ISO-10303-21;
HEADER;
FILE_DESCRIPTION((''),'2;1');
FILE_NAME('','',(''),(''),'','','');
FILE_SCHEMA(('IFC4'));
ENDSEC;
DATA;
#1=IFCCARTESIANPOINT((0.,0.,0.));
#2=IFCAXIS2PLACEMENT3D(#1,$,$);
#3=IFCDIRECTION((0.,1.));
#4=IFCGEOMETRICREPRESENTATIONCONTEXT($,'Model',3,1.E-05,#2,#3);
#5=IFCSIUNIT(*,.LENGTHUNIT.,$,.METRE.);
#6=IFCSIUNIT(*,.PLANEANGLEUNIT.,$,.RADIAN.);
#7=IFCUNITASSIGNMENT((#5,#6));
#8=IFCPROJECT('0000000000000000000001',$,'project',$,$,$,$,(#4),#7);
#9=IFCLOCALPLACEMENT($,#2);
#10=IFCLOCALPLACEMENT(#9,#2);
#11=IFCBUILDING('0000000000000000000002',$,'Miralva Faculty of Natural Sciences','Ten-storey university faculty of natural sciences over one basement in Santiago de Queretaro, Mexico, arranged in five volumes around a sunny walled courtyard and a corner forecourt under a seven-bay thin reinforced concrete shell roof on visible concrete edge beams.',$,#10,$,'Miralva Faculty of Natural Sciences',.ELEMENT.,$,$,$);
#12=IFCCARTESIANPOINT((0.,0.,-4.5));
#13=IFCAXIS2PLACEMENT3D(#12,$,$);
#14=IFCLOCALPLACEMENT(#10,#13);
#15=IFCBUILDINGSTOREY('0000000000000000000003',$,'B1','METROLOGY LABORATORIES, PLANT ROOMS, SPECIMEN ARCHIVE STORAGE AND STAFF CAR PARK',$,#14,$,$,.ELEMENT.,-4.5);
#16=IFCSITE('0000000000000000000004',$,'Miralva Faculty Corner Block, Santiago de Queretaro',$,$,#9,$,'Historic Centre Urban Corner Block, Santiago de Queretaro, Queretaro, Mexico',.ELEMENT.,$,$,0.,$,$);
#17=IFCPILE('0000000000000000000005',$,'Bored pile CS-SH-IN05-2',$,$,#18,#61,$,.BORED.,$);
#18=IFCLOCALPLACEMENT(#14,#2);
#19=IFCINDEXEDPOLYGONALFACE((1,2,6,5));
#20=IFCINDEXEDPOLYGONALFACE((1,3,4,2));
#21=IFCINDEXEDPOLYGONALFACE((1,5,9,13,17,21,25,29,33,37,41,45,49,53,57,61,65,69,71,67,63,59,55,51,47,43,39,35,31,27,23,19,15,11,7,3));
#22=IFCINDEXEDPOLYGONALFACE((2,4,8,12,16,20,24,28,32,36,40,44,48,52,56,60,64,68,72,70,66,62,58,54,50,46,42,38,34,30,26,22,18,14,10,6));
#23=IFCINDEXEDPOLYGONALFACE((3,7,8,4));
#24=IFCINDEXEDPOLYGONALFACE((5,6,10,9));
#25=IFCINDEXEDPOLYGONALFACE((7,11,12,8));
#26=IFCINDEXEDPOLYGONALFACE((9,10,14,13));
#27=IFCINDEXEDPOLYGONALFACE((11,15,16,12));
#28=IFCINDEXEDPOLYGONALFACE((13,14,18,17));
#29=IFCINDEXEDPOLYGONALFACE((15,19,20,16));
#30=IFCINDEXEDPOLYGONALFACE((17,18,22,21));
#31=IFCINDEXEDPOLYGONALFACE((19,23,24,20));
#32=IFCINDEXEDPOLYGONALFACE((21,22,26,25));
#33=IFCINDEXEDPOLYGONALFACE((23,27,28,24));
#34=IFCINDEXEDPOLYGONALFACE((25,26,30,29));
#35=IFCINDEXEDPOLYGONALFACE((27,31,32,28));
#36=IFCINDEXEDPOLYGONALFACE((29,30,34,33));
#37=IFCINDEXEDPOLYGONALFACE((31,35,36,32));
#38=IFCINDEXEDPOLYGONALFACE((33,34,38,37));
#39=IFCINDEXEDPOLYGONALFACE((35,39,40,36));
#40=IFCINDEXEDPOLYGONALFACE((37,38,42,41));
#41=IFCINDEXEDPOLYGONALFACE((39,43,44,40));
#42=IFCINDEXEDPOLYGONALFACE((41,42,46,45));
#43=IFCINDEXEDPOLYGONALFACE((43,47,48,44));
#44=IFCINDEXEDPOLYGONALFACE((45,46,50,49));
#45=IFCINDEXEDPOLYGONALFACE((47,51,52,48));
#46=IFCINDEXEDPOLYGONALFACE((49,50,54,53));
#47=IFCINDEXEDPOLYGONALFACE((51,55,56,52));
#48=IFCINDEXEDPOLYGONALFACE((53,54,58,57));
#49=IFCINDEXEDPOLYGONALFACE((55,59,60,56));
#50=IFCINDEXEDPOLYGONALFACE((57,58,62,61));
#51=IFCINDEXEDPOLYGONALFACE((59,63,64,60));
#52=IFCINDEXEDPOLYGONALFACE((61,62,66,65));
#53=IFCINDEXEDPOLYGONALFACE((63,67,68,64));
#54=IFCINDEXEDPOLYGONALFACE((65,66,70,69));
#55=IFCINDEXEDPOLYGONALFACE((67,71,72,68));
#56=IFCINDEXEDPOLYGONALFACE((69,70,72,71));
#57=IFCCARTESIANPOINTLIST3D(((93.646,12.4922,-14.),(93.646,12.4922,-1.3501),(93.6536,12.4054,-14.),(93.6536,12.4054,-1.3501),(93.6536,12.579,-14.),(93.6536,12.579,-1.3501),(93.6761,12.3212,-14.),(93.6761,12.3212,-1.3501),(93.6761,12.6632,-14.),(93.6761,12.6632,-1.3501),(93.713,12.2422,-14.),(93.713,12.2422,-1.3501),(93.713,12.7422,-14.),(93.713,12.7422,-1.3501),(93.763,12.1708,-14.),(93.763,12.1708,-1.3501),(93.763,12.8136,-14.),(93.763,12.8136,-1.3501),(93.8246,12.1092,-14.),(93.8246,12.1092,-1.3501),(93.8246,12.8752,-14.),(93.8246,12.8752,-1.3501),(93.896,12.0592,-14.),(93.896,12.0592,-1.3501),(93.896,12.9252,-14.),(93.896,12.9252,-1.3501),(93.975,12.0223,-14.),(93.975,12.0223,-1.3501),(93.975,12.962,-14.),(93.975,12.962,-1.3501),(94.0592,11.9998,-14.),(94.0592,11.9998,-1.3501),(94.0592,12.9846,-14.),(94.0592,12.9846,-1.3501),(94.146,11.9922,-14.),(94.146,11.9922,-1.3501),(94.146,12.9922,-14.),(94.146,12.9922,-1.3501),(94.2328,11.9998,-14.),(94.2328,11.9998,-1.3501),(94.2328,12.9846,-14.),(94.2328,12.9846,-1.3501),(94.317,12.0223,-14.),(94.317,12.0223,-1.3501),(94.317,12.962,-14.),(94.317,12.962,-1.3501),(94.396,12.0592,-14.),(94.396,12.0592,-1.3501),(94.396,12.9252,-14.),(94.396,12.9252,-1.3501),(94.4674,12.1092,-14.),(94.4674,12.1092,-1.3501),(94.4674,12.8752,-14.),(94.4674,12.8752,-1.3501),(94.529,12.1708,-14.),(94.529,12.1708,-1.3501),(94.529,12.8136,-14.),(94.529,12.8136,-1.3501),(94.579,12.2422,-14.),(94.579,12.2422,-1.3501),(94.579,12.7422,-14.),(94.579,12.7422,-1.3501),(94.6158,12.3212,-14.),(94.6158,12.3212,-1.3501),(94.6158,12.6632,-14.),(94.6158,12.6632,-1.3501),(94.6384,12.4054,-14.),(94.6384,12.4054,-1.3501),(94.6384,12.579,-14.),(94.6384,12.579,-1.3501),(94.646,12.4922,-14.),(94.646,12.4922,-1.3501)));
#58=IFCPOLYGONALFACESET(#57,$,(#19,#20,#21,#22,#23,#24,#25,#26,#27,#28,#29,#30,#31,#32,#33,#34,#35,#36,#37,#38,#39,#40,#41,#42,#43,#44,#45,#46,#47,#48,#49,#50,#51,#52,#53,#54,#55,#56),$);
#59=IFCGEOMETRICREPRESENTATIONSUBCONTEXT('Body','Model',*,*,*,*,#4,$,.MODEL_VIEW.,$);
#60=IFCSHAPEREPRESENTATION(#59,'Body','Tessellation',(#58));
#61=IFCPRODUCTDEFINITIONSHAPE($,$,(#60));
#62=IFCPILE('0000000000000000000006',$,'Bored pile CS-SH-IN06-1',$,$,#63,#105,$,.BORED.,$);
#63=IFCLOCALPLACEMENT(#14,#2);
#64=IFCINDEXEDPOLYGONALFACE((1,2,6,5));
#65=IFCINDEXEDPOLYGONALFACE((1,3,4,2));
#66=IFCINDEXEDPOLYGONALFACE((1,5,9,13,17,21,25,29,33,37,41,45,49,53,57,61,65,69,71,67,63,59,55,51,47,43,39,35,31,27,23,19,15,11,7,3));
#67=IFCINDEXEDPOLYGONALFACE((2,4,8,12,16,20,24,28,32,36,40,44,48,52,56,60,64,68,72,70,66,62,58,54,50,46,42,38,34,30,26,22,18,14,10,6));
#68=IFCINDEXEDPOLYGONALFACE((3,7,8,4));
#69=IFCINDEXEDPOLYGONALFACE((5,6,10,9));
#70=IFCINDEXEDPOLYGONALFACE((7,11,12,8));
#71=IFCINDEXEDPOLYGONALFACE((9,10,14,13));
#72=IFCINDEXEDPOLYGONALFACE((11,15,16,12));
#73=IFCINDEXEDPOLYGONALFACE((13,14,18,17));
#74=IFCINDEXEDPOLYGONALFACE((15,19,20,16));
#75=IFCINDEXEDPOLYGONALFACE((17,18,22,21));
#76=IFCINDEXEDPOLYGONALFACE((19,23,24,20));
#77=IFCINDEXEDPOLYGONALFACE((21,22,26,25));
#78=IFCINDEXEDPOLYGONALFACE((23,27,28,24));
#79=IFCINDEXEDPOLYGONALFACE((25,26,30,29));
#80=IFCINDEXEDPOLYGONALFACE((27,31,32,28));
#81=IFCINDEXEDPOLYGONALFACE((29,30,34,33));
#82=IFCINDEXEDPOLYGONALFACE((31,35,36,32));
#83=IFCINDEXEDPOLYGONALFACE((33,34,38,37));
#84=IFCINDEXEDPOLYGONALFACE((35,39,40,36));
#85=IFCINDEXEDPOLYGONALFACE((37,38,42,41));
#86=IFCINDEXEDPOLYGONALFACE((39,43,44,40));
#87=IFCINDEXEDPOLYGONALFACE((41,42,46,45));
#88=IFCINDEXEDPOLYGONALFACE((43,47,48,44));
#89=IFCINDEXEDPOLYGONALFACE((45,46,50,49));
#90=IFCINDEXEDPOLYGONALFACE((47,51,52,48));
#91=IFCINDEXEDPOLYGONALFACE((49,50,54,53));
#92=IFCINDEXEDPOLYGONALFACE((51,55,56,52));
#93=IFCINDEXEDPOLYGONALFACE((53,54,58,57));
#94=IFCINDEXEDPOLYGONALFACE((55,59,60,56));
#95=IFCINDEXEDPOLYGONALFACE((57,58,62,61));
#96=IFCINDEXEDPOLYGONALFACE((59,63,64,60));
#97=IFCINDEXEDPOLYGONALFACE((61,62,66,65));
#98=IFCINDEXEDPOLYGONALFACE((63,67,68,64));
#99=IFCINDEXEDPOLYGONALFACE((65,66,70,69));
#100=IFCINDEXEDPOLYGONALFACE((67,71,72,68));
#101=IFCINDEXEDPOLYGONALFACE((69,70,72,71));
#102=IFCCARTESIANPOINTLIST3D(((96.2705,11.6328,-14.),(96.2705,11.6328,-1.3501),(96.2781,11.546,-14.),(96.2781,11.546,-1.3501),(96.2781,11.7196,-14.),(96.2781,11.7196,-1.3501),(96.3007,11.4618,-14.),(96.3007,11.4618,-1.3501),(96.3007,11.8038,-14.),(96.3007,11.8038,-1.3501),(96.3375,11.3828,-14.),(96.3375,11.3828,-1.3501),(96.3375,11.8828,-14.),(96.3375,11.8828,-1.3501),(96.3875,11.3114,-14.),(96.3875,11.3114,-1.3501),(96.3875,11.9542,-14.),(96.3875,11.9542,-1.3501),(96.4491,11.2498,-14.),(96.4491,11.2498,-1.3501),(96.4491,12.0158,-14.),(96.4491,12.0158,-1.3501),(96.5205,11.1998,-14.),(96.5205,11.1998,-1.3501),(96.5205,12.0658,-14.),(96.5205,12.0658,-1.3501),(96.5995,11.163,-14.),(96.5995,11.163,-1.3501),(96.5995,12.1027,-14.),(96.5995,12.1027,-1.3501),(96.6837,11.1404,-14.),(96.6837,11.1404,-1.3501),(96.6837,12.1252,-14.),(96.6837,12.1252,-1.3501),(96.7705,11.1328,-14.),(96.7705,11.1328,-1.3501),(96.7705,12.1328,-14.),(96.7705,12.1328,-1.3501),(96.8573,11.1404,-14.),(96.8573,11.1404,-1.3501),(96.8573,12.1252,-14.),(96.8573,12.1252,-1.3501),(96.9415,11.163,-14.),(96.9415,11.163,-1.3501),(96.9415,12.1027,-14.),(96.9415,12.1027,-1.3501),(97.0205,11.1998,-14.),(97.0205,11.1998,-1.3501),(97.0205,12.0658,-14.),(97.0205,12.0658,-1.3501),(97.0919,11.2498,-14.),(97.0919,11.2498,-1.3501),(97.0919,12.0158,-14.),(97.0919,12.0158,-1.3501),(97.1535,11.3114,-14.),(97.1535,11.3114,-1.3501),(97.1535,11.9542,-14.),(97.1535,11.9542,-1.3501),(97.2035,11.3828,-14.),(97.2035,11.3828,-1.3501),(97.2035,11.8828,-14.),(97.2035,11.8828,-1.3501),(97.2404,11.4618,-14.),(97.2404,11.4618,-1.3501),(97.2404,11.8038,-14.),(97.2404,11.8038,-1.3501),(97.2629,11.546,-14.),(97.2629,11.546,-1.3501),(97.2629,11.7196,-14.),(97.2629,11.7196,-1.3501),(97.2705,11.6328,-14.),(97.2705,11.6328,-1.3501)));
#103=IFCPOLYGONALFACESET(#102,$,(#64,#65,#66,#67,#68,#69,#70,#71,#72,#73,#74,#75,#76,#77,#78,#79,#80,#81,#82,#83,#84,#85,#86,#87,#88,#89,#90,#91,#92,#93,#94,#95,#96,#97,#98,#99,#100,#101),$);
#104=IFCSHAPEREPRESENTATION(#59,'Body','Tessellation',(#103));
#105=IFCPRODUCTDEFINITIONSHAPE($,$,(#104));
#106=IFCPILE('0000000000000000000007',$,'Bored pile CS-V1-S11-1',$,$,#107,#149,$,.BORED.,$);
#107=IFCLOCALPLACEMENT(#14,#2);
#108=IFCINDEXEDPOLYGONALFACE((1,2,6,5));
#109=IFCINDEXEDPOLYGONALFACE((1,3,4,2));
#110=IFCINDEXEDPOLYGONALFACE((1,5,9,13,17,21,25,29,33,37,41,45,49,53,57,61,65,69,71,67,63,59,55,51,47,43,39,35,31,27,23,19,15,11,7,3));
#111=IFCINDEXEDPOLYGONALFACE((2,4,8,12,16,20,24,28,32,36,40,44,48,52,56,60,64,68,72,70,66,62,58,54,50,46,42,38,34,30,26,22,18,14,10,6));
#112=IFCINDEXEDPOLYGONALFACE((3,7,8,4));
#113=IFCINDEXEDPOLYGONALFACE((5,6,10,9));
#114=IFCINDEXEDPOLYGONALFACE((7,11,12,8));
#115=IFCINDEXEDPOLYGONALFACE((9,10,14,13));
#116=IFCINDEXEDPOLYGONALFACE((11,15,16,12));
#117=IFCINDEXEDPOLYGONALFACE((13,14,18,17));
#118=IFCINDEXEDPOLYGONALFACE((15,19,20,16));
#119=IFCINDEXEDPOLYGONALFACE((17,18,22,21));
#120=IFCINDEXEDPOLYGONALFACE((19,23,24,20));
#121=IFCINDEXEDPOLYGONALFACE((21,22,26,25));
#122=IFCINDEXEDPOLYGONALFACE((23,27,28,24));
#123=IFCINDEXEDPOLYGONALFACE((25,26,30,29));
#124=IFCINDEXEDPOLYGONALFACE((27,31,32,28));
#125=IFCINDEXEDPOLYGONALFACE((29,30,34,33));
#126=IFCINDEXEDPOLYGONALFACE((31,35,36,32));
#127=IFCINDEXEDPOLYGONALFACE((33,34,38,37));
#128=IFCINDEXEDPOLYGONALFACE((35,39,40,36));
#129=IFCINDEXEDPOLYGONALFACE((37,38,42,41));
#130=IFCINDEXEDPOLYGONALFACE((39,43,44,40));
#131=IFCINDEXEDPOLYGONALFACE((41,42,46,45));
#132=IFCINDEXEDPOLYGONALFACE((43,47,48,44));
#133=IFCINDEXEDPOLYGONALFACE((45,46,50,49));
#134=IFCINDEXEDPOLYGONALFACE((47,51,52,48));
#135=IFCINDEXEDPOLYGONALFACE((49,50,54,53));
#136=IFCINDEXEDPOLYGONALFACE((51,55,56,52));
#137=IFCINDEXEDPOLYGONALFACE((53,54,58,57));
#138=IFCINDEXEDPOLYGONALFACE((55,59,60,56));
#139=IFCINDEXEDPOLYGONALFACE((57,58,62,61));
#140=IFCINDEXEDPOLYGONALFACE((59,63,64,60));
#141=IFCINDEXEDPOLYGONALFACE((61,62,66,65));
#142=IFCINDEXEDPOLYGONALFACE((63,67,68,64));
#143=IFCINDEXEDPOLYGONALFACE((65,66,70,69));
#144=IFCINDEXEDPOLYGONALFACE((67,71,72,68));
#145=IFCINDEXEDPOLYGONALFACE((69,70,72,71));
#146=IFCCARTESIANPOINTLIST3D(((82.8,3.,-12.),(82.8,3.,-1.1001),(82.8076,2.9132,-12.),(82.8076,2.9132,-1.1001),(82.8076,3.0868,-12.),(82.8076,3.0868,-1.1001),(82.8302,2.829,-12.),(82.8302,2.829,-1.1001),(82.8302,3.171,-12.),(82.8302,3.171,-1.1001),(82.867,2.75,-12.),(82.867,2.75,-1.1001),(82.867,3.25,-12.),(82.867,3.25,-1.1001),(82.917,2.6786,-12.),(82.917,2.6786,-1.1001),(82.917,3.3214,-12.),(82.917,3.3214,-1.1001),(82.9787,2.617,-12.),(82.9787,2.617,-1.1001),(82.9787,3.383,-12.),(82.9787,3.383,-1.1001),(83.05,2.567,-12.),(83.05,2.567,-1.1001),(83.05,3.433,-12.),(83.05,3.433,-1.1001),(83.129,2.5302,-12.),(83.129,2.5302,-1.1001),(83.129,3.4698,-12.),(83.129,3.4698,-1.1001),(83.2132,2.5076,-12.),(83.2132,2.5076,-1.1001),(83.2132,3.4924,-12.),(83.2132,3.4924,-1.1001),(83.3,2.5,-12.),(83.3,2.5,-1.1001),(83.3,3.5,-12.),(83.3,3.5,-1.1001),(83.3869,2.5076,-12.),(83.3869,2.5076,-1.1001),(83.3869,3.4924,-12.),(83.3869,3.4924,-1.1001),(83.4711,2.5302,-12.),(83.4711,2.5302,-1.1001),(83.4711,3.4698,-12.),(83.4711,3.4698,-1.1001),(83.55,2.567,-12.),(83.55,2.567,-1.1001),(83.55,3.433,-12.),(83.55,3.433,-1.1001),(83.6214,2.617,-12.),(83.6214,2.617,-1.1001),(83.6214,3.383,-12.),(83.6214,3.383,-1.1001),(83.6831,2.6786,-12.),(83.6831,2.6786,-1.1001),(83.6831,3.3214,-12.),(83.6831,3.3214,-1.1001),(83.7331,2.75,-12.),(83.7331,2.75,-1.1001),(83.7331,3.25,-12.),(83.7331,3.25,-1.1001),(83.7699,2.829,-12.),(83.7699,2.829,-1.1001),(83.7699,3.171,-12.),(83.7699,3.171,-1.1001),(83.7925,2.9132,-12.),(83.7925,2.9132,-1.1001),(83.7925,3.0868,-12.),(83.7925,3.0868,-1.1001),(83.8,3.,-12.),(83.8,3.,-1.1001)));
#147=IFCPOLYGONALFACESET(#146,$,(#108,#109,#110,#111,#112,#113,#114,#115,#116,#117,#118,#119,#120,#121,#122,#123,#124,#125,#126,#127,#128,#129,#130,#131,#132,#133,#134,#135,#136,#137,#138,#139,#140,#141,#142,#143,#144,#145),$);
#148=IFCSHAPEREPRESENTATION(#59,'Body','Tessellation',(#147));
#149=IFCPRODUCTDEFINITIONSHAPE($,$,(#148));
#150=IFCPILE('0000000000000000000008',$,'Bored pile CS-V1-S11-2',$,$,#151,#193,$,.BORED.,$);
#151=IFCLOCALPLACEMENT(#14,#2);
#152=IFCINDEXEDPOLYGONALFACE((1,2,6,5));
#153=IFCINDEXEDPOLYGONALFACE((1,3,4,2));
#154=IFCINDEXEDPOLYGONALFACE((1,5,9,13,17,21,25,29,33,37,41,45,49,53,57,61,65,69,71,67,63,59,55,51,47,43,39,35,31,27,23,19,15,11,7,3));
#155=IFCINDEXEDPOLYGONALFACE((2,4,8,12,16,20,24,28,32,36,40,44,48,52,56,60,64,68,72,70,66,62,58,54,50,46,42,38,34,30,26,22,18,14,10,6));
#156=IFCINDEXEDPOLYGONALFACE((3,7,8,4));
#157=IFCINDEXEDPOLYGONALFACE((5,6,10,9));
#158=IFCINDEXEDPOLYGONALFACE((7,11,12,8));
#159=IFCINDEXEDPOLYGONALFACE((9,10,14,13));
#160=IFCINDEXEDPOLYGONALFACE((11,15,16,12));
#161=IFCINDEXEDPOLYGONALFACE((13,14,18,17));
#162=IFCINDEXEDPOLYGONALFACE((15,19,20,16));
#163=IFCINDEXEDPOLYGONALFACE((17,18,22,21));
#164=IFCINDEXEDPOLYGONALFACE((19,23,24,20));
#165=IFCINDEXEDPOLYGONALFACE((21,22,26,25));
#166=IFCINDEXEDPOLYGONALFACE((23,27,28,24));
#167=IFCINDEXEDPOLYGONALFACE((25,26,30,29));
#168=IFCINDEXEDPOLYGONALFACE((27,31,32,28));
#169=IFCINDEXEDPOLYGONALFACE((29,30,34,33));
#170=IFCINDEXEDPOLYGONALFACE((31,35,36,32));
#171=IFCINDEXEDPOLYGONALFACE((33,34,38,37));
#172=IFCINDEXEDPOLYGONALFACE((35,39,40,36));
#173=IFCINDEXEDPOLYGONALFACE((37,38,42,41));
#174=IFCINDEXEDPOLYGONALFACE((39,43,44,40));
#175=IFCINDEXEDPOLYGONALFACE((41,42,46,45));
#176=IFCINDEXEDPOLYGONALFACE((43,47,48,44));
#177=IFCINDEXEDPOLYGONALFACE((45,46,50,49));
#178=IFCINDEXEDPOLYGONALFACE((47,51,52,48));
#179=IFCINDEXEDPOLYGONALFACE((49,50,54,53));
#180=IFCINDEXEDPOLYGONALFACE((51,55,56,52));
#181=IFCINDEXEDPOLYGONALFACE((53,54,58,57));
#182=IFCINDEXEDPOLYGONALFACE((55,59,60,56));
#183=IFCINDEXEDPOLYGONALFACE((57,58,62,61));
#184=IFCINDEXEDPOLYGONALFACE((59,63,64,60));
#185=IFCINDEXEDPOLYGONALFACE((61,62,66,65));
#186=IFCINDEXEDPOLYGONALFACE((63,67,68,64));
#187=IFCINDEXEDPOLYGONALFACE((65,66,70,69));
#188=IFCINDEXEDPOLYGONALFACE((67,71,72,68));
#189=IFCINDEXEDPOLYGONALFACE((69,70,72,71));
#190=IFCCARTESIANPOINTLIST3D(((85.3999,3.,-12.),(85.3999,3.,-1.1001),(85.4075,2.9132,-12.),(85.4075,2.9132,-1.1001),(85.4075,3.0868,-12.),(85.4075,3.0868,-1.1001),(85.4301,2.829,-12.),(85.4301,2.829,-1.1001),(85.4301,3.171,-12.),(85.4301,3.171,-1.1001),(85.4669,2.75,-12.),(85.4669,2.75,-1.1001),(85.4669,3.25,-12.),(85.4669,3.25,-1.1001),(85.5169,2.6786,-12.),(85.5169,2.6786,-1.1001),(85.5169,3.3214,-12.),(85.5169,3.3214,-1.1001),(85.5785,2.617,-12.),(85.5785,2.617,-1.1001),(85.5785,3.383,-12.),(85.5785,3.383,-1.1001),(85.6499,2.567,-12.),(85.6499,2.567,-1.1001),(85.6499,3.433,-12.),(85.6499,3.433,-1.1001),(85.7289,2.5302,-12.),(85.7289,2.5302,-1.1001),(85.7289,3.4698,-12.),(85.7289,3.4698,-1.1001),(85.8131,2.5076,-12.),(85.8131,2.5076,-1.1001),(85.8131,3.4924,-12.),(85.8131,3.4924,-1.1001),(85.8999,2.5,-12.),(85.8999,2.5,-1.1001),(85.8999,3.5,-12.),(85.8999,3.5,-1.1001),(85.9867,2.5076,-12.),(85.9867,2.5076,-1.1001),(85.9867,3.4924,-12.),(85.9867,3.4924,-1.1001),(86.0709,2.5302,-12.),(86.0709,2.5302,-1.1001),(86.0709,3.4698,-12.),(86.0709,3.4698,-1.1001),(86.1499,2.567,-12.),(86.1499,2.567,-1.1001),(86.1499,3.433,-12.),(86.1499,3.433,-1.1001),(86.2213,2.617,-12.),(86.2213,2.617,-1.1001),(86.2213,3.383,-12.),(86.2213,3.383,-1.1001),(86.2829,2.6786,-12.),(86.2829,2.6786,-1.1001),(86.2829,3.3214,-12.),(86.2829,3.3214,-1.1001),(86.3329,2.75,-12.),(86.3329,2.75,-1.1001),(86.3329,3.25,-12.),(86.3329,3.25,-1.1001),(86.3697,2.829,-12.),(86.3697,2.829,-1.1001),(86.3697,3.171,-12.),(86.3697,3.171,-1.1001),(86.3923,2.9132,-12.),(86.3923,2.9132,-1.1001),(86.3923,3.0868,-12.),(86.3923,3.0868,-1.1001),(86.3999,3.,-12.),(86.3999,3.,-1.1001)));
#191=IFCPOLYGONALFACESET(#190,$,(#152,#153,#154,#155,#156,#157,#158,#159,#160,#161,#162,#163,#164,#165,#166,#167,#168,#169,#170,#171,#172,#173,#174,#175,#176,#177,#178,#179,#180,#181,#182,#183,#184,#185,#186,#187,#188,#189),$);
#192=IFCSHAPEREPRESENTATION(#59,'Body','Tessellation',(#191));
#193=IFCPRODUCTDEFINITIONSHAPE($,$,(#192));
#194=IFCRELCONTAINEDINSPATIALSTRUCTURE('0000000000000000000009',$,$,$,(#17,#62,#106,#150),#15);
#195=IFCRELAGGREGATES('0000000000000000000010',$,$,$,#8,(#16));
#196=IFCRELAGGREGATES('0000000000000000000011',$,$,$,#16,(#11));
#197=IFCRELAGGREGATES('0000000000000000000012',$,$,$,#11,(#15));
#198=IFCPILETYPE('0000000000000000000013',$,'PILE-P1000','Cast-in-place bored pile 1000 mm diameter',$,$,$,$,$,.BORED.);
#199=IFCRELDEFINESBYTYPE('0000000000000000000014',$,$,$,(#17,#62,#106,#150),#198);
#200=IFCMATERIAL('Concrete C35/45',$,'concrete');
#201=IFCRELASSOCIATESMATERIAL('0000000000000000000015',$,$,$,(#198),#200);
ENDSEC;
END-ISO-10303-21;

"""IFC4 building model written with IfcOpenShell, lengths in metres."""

from ifc_helpers import new_model, si_unit, direction, frame, origin, origin_2d, place, context, subcontext, project, spatial, circle, extrude, material, material_profile, profile_set, type_object, element, save


model = new_model("IFC4")

# Units and contexts
model_context = context("Model", 3, precision=1e-05, world=origin(), true_north=direction((0.0, 1.0)))
body_context = subcontext(model_context, "Body", "Model", "MODEL_VIEW")
ifc_project = project(units=[si_unit("LENGTHUNIT", "METRE"), si_unit("PLANEANGLEUNIT", "RADIAN")], contexts=[model_context])

# Site, building, storey
site_placement = place(None, origin())
site = spatial("IfcSite", under=ifc_project, at=site_placement, Name="Miralva Faculty Corner Block, Santiago de Queretaro", LongName="Historic Centre Urban Corner Block, Santiago de Queretaro, Queretaro, Mexico", CompositionType="ELEMENT", RefElevation=0.0)
building_placement = place(site_placement, origin())
building = spatial("IfcBuilding", under=site, at=building_placement, Name="Miralva Faculty of Natural Sciences", Description="Ten-storey university faculty of natural sciences over one basement in Santiago de Queretaro, Mexico, arranged in five volumes around a sunny walled courtyard and a corner forecourt under a seven-bay thin reinforced concrete shell roof on visible concrete edge beams.", LongName="Miralva Faculty of Natural Sciences", CompositionType="ELEMENT")
storey_placement = place(building_placement, frame((0.0, 0.0, -4.5)))
storey = spatial("IfcBuildingStorey", under=building, at=storey_placement, Name="B1", Description="METROLOGY LABORATORIES, PLANT ROOMS, SPECIMEN ARCHIVE STORAGE AND STAFF CAR PARK", CompositionType="ELEMENT", Elevation=-4.5)

# Shared definitions
ifc_material_1 = material(Name="Concrete C35/45", Category="concrete")

# Piles
ifc_material_profile_1 = material_profile(ifc_material_1, circle(Radius=0.5, at=origin_2d()), Name="BORED PILE 1000")
ifc_profile_set_1 = profile_set([ifc_material_profile_1], Name="Concrete C35/45")
pile_type = type_object("IfcPileType", Name="PILE-P1000", Description="Cast-in-place bored pile 1000 mm diameter", PredefinedType="BORED", material=ifc_profile_set_1)
for number, where, z_axis, x_axis, name in (
    (1, (94.146, 12.4922, -1.3501), (0.0, 0.0, -1.0), (1.0, 0.0, 0.0), "Bored pile CS-SH-IN05-2"),
    (2, (96.7705, 11.6328, -1.3501), (0.0, 0.0, -1.0), (1.0, 0.0, 0.0), "Bored pile CS-SH-IN06-1"),
):
    element("IfcPile", number, at=place(storey_placement, frame(where, z_axis=z_axis, x_axis=x_axis)), inside=storey, type_object=pile_type, Name=name, PredefinedType="BORED", context=body_context, shape_type="SweptSolid", body=[
        extrude(circle(Radius=0.5, at=origin_2d()), origin(), (0.0, 0.0, 1.0), 12.6499),
    ])
for number, where, z_axis, x_axis, name in (
    (3, (83.3, 3.0, -1.1001), (0.0, 0.0, -1.0), (1.0, 0.0, 0.0), "Bored pile CS-V1-S11-1"),
    (4, (85.8999, 3.0, -1.1001), (0.0, 0.0, -1.0), (1.0, 0.0, 0.0), "Bored pile CS-V1-S11-2"),
):
    element("IfcPile", number, at=place(storey_placement, frame(where, z_axis=z_axis, x_axis=x_axis)), inside=storey, type_object=pile_type, Name=name, PredefinedType="BORED", context=body_context, shape_type="SweptSolid", body=[
        extrude(circle(Radius=0.5, at=origin_2d()), origin(), (0.0, 0.0, 1.0), 10.8999),
    ])

save(model, "model.ifc")
